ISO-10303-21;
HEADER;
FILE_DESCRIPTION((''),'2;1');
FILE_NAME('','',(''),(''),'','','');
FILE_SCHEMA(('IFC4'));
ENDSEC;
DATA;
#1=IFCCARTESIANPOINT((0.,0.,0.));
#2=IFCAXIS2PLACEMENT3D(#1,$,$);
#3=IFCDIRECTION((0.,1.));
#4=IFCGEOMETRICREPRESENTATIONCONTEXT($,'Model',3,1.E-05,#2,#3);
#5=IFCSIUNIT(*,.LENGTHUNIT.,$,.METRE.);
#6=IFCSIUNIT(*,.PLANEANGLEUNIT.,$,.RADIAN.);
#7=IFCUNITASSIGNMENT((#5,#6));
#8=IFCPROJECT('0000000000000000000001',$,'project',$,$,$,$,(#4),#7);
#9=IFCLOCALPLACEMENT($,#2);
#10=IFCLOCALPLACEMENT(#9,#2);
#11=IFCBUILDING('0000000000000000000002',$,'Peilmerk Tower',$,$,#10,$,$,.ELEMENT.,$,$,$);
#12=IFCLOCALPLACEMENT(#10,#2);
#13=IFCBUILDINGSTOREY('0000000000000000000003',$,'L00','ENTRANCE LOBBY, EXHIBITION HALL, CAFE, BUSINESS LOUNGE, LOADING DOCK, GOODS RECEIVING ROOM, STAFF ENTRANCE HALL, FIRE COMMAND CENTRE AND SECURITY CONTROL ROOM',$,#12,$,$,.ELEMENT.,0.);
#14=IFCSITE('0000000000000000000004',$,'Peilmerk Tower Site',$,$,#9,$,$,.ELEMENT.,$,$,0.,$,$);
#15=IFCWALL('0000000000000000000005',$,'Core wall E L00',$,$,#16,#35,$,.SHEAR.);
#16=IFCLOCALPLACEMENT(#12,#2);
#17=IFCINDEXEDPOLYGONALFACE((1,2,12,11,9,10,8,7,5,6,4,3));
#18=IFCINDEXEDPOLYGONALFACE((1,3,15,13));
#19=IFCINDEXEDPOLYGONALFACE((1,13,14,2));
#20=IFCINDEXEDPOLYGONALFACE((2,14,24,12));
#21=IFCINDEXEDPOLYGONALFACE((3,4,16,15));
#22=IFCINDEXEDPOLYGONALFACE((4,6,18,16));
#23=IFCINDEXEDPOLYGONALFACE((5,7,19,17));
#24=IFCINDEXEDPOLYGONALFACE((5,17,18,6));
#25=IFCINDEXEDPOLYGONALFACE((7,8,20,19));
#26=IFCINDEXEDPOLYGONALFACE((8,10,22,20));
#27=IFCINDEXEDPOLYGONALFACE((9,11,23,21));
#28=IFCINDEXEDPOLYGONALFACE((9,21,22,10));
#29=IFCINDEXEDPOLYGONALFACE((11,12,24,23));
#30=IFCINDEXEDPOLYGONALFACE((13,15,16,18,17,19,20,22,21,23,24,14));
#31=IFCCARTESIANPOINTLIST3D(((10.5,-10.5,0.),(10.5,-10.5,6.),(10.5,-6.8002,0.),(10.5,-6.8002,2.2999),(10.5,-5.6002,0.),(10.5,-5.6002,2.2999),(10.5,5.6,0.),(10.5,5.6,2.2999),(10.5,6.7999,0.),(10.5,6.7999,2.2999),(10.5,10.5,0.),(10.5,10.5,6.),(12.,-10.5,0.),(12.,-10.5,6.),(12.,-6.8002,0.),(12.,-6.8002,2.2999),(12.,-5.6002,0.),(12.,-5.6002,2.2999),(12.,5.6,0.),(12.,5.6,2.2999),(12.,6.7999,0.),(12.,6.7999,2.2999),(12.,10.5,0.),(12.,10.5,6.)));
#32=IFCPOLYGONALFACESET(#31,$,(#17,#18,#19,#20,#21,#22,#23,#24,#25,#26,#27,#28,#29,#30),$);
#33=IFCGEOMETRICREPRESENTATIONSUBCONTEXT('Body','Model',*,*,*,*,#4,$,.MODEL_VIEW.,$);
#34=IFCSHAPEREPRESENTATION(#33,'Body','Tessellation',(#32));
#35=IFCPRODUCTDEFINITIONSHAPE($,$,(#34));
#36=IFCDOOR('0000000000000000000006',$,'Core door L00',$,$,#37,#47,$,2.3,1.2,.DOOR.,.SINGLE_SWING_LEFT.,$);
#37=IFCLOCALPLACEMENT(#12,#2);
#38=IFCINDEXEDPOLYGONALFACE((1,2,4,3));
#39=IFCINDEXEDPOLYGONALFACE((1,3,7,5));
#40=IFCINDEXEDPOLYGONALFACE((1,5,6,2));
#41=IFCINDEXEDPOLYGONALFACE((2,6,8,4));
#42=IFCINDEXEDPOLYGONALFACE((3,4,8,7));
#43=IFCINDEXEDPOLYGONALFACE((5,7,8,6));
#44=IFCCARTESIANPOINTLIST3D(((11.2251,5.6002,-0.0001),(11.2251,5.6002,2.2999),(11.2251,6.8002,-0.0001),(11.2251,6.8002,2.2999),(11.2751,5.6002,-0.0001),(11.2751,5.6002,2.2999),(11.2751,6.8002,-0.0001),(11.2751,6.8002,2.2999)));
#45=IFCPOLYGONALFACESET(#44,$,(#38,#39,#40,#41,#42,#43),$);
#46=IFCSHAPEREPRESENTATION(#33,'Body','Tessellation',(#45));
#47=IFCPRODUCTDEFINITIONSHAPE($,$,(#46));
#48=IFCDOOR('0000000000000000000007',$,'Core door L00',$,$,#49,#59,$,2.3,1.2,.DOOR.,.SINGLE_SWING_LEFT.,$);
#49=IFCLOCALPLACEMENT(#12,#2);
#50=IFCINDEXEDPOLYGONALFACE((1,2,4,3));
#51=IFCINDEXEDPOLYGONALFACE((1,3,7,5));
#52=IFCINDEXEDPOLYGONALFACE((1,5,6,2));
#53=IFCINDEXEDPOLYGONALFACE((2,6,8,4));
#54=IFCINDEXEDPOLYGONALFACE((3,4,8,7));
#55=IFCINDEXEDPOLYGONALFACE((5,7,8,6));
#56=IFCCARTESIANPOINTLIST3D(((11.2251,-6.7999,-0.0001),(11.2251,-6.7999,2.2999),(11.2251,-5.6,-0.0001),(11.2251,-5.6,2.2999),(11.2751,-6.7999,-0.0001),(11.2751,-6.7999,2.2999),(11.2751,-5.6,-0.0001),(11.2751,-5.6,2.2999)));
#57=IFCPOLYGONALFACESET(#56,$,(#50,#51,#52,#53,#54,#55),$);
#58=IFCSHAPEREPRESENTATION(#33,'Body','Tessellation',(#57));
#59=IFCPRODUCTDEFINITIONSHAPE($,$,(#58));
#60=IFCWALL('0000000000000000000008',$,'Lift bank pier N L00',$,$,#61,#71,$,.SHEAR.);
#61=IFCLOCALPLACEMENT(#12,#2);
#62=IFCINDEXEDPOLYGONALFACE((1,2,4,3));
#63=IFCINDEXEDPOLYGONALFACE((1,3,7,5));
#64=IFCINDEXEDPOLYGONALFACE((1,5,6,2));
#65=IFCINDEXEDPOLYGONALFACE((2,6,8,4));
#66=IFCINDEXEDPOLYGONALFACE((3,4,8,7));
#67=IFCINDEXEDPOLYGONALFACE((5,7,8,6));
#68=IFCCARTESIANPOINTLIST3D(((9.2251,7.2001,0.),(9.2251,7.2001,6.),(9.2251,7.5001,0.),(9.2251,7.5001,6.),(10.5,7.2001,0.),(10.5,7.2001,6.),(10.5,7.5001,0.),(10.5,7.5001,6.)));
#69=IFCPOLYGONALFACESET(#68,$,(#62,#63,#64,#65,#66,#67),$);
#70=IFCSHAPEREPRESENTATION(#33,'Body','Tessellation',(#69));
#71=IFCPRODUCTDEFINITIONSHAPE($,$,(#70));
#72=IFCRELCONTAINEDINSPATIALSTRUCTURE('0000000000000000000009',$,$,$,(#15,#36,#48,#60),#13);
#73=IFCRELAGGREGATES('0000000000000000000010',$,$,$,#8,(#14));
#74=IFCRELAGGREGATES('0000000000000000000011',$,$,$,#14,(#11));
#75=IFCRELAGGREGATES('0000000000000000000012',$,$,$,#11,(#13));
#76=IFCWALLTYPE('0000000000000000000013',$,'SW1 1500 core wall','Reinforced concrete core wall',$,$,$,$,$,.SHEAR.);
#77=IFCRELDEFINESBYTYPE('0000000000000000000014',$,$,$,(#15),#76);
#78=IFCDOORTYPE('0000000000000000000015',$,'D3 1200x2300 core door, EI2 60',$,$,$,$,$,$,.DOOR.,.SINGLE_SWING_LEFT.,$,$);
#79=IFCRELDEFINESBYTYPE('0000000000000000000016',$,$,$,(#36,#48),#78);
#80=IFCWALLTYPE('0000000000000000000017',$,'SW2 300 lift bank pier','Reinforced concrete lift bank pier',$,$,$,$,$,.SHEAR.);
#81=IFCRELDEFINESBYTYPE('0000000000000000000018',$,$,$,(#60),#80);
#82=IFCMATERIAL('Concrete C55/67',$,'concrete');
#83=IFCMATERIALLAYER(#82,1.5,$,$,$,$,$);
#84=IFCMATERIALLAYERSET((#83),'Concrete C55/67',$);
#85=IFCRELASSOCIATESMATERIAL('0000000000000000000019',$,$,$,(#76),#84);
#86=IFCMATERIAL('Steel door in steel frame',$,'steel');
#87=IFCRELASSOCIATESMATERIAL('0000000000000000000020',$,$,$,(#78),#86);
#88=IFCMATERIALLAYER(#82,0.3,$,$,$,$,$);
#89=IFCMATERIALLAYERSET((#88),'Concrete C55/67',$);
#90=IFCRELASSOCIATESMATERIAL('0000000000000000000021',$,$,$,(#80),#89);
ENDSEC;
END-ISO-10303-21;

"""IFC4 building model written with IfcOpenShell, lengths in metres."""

from ifc_helpers import new_model, si_unit, direction, frame, frame_2d, origin, place, context, subcontext, project, spatial, rectangle, extrude, material, layer, layer_set, type_object, element, fill, save


model = new_model("IFC4")

# Units and contexts
model_context = context("Model", 3, precision=1e-05, world=origin(), true_north=direction((0.0, 1.0)))
body_context = subcontext(model_context, "Body", "Model", "MODEL_VIEW")
ifc_project = project(units=[si_unit("LENGTHUNIT", "METRE"), si_unit("PLANEANGLEUNIT", "RADIAN")], contexts=[model_context])

# Site, building, storey
site_placement = place(None, origin())
site = spatial("IfcSite", under=ifc_project, at=site_placement, Name="Peilmerk Tower Site", CompositionType="ELEMENT", RefElevation=0.0)
building_placement = place(site_placement, origin())
building = spatial("IfcBuilding", under=site, at=building_placement, Name="Peilmerk Tower", CompositionType="ELEMENT")
storey_placement = place(building_placement, origin())
storey = spatial("IfcBuildingStorey", under=building, at=storey_placement, Name="L00", Description="ENTRANCE LOBBY, EXHIBITION HALL, CAFE, BUSINESS LOUNGE, LOADING DOCK, GOODS RECEIVING ROOM, STAFF ENTRANCE HALL, FIRE COMMAND CENTRE AND SECURITY CONTROL ROOM", CompositionType="ELEMENT", Elevation=0.0)

# Wall, openings, doors
ifc_material_1 = material(Name="Concrete C55/67", Category="concrete")
ifc_layer_1 = layer(ifc_material_1, 1.5)
ifc_layer_set_1 = layer_set([ifc_layer_1], Name="Concrete C55/67")
wall_type_1 = type_object("IfcWallType", Name="SW1 1500 core wall", Description="Reinforced concrete core wall", PredefinedType="SHEAR", material=ifc_layer_set_1)
wall_1_placement = place(storey_placement, frame((11.25, 10.5, 0.0), z_axis=(0.0, 0.0, 1.0), x_axis=(0.0, -1.0, 0.0)))
wall_1 = element("IfcWall", 1, at=wall_1_placement, inside=storey, type_object=wall_type_1, Name="Core wall E L00", PredefinedType="SHEAR", context=body_context, shape_type="SweptSolid", body=[
    extrude(rectangle(XDim=21.0, YDim=1.5, at=frame_2d((10.5, 0.0))), origin(), (0.0, 0.0, 1.0), 6.0),
])
opening_1_placement = place(wall_1_placement, frame((3.7, 0.0, 0.0)))
opening_1 = element("IfcOpeningElement", 2, at=opening_1_placement, cuts=wall_1, PredefinedType="OPENING", context=body_context, shape_type="SweptSolid", body=[
    extrude(rectangle(XDim=1.2, YDim=2.3, at=frame_2d((0.6001, 1.1499))), frame((0.0, 0.76, 0.0), z_axis=(0.0, -1.0, 0.0), x_axis=(1.0, 0.0, 0.0)), (0.0, 0.0, 1.0), 1.52),
])
opening_2_placement = place(wall_1_placement, frame((16.1001, 0.0, 0.0)))
opening_2 = element("IfcOpeningElement", 3, at=opening_2_placement, cuts=wall_1, PredefinedType="OPENING", context=body_context, shape_type="SweptSolid", body=[
    extrude(rectangle(XDim=1.2, YDim=2.3, at=frame_2d((0.6001, 1.1499))), frame((0.0, 0.76, 0.0), z_axis=(0.0, -1.0, 0.0), x_axis=(1.0, 0.0, 0.0)), (0.0, 0.0, 1.0), 1.52),
])
ifc_material_2 = material(Name="Steel door in steel frame", Category="steel")
door_type_1 = type_object("IfcDoorType", Name="D3 1200x2300 core door, EI2 60", OperationType="SINGLE_SWING_LEFT", PredefinedType="DOOR", material=ifc_material_2)
door_1_placement = place(opening_1_placement, frame((1.2, 0.0, 0.0), z_axis=(0.0, 0.0, 1.0), x_axis=(-1.0, 0.0, 0.0)))
door_1 = element("IfcDoor", 4, at=door_1_placement, inside=storey, type_object=door_type_1, Name="Core door L00", OperationType="SINGLE_SWING_LEFT", OverallHeight=2.3, OverallWidth=1.2, PredefinedType="DOOR", context=body_context, shape_type="SweptSolid", body=[
    extrude(rectangle(XDim=1.2, YDim=2.3, at=frame_2d((0.6001, 1.1499))), frame((0.0, 0.0249, 0.0), z_axis=(0.0, -1.0, 0.0), x_axis=(1.0, 0.0, 0.0)), (0.0, 0.0, 1.0), 0.05),
])
fill(opening_1, door_1)
door_2_placement = place(opening_2_placement, frame((1.2, 0.0, 0.0), z_axis=(0.0, 0.0, 1.0), x_axis=(-1.0, 0.0, 0.0)))
door_2 = element("IfcDoor", 5, at=door_2_placement, inside=storey, type_object=door_type_1, Name="Core door L00", OperationType="SINGLE_SWING_LEFT", OverallHeight=2.3, OverallWidth=1.2, PredefinedType="DOOR", context=body_context, shape_type="SweptSolid", body=[
    extrude(rectangle(XDim=1.2, YDim=2.3, at=frame_2d((0.6001, 1.1499))), frame((0.0, 0.0249, 0.0), z_axis=(0.0, -1.0, 0.0), x_axis=(1.0, 0.0, 0.0)), (0.0, 0.0, 1.0), 0.05),
])
fill(opening_2, door_2)

# Wall
ifc_layer_2 = layer(ifc_material_1, 0.3)
ifc_layer_set_2 = layer_set([ifc_layer_2], Name="Concrete C55/67")
wall_type_2 = type_object("IfcWallType", Name="SW2 300 lift bank pier", Description="Reinforced concrete lift bank pier", PredefinedType="SHEAR", material=ifc_layer_set_2)
wall_2_placement = place(storey_placement, frame((9.2251, 7.3501, 0.0), z_axis=(0.0, 0.0, 1.0), x_axis=(1.0, 0.0, 0.0)))
element("IfcWall", 6, at=wall_2_placement, inside=storey, type_object=wall_type_2, Name="Lift bank pier N L00", PredefinedType="SHEAR", context=body_context, shape_type="SweptSolid", body=[
    extrude(rectangle(XDim=1.2749, YDim=0.3, at=frame_2d((0.6375, 0.0))), origin(), (0.0, 0.0, 1.0), 6.0),
])

save(model, "model.ifc")
